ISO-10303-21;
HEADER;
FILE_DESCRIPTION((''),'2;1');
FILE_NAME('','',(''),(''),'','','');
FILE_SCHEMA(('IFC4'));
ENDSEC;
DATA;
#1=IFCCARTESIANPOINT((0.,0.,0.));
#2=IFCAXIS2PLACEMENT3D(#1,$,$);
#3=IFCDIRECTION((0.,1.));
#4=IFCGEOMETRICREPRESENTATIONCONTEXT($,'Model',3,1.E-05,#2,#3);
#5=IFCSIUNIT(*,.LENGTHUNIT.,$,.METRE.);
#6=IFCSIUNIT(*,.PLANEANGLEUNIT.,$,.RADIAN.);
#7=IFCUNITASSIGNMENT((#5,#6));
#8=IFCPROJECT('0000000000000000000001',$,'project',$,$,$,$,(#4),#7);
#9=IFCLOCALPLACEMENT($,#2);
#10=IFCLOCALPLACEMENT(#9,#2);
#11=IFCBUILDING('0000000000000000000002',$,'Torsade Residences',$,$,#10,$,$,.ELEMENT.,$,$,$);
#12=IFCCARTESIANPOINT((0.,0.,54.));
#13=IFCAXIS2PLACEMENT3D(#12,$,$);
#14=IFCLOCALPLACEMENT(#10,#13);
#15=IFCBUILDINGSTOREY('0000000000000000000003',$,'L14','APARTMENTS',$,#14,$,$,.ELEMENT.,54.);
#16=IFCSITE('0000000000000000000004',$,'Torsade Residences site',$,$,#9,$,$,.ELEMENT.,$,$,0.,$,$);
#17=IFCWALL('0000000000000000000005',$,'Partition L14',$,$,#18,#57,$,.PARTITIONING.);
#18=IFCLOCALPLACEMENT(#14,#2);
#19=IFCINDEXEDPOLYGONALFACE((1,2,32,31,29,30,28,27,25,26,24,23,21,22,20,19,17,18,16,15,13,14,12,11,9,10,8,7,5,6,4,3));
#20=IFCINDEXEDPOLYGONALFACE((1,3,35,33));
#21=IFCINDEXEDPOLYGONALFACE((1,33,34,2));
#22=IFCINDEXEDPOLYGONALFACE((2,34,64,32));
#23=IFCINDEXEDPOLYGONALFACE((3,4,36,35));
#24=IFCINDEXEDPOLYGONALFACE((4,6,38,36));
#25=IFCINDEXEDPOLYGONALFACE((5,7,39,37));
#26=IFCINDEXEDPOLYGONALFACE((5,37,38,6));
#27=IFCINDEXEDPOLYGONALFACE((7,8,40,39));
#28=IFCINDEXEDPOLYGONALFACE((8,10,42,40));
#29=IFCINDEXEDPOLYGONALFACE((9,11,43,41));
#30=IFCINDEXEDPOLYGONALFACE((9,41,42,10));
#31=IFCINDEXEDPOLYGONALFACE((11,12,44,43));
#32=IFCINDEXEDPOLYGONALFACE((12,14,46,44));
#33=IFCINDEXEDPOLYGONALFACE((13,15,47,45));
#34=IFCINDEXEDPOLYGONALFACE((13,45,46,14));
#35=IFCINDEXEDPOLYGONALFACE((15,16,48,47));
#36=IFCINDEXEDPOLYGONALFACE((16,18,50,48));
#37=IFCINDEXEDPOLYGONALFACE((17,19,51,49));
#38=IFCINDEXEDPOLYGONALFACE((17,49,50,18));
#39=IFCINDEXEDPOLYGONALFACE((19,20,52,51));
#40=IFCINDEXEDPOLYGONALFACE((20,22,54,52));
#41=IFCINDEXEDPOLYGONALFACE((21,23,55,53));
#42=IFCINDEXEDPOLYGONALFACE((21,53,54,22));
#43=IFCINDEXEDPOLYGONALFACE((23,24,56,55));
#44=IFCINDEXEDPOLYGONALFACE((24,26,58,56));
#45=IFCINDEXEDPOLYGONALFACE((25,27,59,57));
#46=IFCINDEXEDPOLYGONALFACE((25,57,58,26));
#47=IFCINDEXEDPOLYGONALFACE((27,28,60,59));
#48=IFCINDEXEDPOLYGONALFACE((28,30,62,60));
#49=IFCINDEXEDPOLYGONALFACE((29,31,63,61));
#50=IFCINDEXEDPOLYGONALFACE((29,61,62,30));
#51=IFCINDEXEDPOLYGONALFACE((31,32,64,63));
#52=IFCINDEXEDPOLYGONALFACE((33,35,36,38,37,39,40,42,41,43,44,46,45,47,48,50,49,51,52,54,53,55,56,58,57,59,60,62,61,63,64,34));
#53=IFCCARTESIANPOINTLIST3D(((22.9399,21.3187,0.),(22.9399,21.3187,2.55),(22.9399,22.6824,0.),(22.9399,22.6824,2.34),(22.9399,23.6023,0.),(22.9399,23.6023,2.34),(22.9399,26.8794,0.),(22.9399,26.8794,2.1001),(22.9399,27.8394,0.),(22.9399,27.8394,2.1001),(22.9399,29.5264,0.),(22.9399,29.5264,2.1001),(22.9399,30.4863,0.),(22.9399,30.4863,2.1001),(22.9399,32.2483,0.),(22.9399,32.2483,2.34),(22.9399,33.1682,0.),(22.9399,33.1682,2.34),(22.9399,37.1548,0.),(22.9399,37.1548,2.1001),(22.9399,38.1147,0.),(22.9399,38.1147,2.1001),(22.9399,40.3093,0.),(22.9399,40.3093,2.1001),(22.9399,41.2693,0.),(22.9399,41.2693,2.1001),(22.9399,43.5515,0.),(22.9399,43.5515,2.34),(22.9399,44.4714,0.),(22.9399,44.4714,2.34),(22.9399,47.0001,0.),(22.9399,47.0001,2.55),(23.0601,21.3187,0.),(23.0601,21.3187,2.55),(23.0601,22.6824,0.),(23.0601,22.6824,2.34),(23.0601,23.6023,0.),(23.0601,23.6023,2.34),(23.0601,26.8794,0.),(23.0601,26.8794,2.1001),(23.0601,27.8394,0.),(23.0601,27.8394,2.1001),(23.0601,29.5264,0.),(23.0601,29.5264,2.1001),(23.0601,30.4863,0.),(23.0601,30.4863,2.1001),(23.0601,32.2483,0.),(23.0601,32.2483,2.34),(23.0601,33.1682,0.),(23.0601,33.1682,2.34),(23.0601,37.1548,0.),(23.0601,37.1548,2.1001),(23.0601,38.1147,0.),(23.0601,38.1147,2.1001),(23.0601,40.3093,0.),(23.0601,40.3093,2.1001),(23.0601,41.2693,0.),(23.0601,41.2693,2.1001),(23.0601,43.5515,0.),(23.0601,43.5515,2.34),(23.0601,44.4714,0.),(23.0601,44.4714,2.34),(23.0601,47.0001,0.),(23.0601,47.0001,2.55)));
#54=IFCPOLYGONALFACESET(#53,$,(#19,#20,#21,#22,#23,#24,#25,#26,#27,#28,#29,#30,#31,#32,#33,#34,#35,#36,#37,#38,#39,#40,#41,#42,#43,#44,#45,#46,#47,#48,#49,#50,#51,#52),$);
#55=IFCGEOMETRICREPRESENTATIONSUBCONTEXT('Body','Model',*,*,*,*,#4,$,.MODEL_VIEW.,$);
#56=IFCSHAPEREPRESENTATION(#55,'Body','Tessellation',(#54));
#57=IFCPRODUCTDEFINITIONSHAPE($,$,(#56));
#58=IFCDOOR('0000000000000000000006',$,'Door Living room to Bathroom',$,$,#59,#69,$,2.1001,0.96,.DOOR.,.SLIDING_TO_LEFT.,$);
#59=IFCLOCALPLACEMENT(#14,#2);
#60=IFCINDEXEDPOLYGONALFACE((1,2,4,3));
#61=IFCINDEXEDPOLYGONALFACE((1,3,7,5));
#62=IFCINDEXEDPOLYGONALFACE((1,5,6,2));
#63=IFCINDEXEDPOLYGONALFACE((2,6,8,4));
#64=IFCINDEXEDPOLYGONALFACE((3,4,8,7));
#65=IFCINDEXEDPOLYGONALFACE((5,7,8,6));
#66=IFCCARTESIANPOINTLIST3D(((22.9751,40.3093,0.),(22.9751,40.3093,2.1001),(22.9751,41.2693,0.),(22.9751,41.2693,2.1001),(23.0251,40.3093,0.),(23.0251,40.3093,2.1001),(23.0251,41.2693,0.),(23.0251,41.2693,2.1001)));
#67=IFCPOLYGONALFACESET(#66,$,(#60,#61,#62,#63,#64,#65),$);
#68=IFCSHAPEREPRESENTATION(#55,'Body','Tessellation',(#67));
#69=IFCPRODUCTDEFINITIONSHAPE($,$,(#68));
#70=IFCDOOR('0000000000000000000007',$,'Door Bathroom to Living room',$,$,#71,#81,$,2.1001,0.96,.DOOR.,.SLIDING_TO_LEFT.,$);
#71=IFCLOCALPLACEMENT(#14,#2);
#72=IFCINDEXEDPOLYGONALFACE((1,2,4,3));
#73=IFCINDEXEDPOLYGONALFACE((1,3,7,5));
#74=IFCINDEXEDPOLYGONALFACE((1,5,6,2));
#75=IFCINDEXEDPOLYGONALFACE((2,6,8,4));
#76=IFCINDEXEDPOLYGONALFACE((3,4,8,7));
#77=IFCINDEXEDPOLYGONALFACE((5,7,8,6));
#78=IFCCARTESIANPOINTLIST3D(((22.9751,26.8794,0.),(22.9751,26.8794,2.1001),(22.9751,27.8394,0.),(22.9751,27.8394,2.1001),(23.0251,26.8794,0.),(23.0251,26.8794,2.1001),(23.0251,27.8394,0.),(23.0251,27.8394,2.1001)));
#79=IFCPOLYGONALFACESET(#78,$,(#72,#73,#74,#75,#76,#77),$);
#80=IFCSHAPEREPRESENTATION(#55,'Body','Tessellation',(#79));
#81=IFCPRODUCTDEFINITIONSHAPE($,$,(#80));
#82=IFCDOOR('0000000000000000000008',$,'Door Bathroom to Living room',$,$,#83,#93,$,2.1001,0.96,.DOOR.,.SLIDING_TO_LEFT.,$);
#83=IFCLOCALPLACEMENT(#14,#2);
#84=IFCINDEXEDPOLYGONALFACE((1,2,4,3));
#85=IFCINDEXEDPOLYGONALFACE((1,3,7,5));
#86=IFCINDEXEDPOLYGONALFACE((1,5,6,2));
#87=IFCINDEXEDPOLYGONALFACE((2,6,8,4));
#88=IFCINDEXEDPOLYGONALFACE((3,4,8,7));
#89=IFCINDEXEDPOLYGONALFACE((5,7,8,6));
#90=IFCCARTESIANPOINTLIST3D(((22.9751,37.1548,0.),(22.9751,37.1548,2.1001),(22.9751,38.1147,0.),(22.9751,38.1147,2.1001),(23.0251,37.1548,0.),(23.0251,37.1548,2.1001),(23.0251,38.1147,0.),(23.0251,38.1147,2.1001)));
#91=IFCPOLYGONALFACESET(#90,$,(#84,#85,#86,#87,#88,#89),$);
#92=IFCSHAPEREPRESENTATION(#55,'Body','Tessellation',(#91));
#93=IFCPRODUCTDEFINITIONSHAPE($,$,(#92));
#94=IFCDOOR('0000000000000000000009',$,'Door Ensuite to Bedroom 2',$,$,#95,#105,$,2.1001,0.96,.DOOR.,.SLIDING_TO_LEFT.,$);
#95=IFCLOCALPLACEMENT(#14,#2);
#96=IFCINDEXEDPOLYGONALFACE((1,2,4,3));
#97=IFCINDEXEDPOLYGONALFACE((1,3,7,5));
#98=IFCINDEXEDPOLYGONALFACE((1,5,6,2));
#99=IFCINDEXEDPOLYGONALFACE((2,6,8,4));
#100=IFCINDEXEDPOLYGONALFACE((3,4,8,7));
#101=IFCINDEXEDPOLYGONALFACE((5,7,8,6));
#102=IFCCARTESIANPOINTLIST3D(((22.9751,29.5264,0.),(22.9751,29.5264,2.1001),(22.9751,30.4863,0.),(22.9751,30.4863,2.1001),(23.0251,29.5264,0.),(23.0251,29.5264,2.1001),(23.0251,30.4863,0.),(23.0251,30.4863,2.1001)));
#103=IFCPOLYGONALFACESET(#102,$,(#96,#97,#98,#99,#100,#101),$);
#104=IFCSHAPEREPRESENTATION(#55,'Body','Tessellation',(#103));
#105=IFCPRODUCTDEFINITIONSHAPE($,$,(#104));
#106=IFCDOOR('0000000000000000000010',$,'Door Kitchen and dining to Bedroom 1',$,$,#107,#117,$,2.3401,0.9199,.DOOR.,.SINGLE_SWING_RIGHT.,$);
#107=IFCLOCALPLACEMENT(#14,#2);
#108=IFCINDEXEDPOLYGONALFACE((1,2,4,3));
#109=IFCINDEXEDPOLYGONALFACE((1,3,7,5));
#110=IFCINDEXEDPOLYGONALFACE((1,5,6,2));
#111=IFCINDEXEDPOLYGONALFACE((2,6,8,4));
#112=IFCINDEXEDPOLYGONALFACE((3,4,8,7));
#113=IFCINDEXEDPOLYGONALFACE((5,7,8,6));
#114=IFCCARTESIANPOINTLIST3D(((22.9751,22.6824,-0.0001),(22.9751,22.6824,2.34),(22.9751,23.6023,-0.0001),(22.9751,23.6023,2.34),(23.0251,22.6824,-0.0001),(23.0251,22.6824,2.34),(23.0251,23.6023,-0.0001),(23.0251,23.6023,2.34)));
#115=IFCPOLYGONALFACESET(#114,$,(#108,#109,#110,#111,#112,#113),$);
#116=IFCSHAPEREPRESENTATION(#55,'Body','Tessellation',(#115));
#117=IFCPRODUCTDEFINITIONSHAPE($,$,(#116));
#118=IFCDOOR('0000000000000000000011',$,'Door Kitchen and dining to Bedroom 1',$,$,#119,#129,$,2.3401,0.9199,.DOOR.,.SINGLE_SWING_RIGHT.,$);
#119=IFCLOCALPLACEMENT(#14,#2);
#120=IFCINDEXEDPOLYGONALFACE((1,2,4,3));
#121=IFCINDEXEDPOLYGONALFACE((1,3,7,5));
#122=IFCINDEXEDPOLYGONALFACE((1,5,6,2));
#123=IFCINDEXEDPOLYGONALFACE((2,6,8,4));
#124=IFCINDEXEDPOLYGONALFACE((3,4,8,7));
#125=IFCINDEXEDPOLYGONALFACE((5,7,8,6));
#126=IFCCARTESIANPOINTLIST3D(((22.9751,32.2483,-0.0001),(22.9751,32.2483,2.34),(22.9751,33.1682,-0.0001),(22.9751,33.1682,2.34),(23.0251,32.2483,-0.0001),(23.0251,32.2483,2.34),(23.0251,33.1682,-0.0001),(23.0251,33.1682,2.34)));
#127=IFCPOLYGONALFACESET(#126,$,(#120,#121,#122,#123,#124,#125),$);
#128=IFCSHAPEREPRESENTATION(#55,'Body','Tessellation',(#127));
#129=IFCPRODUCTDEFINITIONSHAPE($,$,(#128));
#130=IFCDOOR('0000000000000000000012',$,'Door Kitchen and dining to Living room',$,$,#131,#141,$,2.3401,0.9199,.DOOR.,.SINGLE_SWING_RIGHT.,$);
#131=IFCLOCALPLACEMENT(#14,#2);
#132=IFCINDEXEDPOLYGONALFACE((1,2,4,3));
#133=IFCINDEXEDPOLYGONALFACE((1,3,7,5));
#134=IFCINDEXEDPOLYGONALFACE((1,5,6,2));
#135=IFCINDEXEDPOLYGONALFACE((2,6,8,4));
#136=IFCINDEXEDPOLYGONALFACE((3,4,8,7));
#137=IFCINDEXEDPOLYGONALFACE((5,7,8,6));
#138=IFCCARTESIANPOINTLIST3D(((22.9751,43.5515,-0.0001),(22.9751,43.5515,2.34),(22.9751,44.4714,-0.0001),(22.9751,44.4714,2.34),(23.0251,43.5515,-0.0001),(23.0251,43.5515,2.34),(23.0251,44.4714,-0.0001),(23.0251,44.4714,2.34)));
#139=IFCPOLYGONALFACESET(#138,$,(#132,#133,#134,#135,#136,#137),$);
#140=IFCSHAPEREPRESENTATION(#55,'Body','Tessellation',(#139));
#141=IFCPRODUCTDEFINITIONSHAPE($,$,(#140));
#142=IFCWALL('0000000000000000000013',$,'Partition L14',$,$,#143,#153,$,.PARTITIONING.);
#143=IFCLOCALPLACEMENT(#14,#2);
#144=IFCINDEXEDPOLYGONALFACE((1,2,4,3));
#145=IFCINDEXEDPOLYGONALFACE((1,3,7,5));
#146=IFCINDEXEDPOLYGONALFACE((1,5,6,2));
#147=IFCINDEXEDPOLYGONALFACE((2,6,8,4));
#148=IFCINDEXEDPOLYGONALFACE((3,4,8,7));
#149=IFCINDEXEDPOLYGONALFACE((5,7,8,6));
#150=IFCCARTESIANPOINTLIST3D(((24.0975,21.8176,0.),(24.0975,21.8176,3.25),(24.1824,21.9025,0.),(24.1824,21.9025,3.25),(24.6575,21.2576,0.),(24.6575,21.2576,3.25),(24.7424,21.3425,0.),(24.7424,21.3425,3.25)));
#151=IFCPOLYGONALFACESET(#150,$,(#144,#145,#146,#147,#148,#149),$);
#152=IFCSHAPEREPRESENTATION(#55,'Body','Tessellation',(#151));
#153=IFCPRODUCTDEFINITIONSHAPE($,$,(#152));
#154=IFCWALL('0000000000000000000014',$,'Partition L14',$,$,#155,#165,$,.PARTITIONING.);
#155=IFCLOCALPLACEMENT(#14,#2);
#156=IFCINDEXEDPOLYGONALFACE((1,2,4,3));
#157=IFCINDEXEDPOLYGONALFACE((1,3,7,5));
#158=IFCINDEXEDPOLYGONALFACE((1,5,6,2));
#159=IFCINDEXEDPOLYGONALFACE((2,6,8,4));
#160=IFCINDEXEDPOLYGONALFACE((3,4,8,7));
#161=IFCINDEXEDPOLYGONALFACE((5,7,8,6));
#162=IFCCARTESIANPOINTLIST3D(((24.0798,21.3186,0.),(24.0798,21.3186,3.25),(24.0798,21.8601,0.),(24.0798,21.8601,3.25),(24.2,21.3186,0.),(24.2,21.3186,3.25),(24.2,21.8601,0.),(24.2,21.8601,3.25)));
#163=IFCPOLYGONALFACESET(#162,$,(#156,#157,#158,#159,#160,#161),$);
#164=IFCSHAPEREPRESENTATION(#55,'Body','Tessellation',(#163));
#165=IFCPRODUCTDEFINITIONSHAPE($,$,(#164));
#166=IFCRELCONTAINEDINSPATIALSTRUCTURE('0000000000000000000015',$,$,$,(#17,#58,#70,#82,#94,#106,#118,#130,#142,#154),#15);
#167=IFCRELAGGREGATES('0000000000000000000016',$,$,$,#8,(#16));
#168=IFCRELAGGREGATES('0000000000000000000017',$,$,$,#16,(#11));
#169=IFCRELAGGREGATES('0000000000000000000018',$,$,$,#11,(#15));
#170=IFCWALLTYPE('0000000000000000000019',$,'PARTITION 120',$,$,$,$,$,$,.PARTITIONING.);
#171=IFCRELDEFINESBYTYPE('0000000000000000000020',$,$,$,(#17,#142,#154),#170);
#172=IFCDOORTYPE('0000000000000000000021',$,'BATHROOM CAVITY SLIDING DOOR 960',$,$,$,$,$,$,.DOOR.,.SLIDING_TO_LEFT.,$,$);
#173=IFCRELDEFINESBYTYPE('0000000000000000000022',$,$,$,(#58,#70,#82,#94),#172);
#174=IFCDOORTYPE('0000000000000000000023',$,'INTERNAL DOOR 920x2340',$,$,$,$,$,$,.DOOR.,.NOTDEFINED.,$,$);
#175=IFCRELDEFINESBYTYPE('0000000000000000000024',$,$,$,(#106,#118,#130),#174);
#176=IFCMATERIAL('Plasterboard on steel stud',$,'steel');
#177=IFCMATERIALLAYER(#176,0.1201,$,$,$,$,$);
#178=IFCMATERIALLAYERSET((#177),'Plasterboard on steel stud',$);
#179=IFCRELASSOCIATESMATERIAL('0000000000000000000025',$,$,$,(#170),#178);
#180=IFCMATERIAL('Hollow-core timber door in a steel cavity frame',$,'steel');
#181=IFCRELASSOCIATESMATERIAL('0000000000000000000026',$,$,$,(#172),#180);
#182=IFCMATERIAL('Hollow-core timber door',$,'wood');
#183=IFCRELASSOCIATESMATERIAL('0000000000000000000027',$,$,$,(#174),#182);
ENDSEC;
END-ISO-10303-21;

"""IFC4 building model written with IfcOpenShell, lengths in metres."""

from ifc_helpers import new_model, si_unit, direction, frame, frame_2d, origin, place, context, subcontext, project, spatial, rectangle, extrude, material, layer, layer_set, type_object, element, fill, save


model = new_model("IFC4")

# Units and contexts
model_context = context("Model", 3, precision=1e-05, world=origin(), true_north=direction((0.0, 1.0)))
body_context = subcontext(model_context, "Body", "Model", "MODEL_VIEW")
ifc_project = project(units=[si_unit("LENGTHUNIT", "METRE"), si_unit("PLANEANGLEUNIT", "RADIAN")], contexts=[model_context])

# Site, building, storey
site_placement = place(None, origin())
site = spatial("IfcSite", under=ifc_project, at=site_placement, Name="Torsade Residences site", CompositionType="ELEMENT", RefElevation=0.0)
building_placement = place(site_placement, origin())
building = spatial("IfcBuilding", under=site, at=building_placement, Name="Torsade Residences", CompositionType="ELEMENT")
storey_placement = place(building_placement, frame((0.0, 0.0, 54.0)))
storey = spatial("IfcBuildingStorey", under=building, at=storey_placement, Name="L14", Description="APARTMENTS", CompositionType="ELEMENT", Elevation=54.0)

# Shared definitions
ifc_material_1 = material(Name="Plasterboard on steel stud", Category="steel")
ifc_layer_1 = layer(ifc_material_1, 0.1201)
ifc_layer_set_1 = layer_set([ifc_layer_1], Name="Plasterboard on steel stud")
wall_type_1 = type_object("IfcWallType", Name="PARTITION 120", PredefinedType="PARTITIONING", material=ifc_layer_set_1)
ifc_material_2 = material(Name="Hollow-core timber door in a steel cavity frame", Category="steel")
door_type_1 = type_object("IfcDoorType", Name="BATHROOM CAVITY SLIDING DOOR 960", OperationType="SLIDING_TO_LEFT", PredefinedType="DOOR", material=ifc_material_2)

# Wall, openings, doors
wall_1_placement = place(storey_placement, frame((23.0, 21.3186, 0.0), z_axis=(0.0, 0.0, 1.0), x_axis=(0.0, 1.0, 0.0)))
wall_1 = element("IfcWall", 1, at=wall_1_placement, inside=storey, type_object=wall_type_1, Name="Partition L14", PredefinedType="PARTITIONING", context=body_context, shape_type="SweptSolid", body=[
    extrude(rectangle(XDim=25.6814, YDim=0.1201, at=frame_2d((12.8408, 0.0))), origin(), (0.0, 0.0, 1.0), 2.55),
])
opening_1_placement = place(wall_1_placement, frame((1.3638, 0.0, 0.0)))
opening_1 = element("IfcOpeningElement", 2, at=opening_1_placement, cuts=wall_1, PredefinedType="OPENING", context=body_context, shape_type="SweptSolid", body=[
    extrude(rectangle(XDim=0.9199, YDim=2.3401, at=frame_2d((0.46, 1.1699))), frame((0.0, 0.0701, 0.0), z_axis=(0.0, -1.0, 0.0), x_axis=(1.0, 0.0, 0.0)), (0.0, 0.0, 1.0), 0.1401),
])
opening_2_placement = place(wall_1_placement, frame((10.9297, 0.0, 0.0)))
opening_2 = element("IfcOpeningElement", 3, at=opening_2_placement, cuts=wall_1, PredefinedType="OPENING", context=body_context, shape_type="SweptSolid", body=[
    extrude(rectangle(XDim=0.9199, YDim=2.3401, at=frame_2d((0.46, 1.1699))), frame((0.0, 0.0701, 0.0), z_axis=(0.0, -1.0, 0.0), x_axis=(1.0, 0.0, 0.0)), (0.0, 0.0, 1.0), 0.1401),
])
opening_3_placement = place(wall_1_placement, frame((22.2329, 0.0, 0.0)))
opening_3 = element("IfcOpeningElement", 4, at=opening_3_placement, cuts=wall_1, PredefinedType="OPENING", context=body_context, shape_type="SweptSolid", body=[
    extrude(rectangle(XDim=0.9199, YDim=2.3401, at=frame_2d((0.46, 1.1699))), frame((0.0, 0.0701, 0.0), z_axis=(0.0, -1.0, 0.0), x_axis=(1.0, 0.0, 0.0)), (0.0, 0.0, 1.0), 0.1401),
])
opening_4_placement = place(wall_1_placement, frame((18.9907, 0.0, 0.0)))
opening_4 = element("IfcOpeningElement", 5, at=opening_4_placement, cuts=wall_1, PredefinedType="OPENING", context=body_context, shape_type="SweptSolid", body=[
    extrude(rectangle(XDim=0.96, YDim=2.1001, at=frame_2d((0.48, 1.05))), frame((0.0, 0.0701, 0.0), z_axis=(0.0, -1.0, 0.0), x_axis=(1.0, 0.0, 0.0)), (0.0, 0.0, 1.0), 0.1401),
])
opening_5_placement = place(wall_1_placement, frame((5.5608, 0.0, 0.0)))
opening_5 = element("IfcOpeningElement", 6, at=opening_5_placement, cuts=wall_1, PredefinedType="OPENING", context=body_context, shape_type="SweptSolid", body=[
    extrude(rectangle(XDim=0.96, YDim=2.1001, at=frame_2d((0.48, 1.05))), frame((0.0, 0.0701, 0.0), z_axis=(0.0, -1.0, 0.0), x_axis=(1.0, 0.0, 0.0)), (0.0, 0.0, 1.0), 0.1401),
])
opening_6_placement = place(wall_1_placement, frame((15.8362, 0.0, 0.0)))
opening_6 = element("IfcOpeningElement", 7, at=opening_6_placement, cuts=wall_1, PredefinedType="OPENING", context=body_context, shape_type="SweptSolid", body=[
    extrude(rectangle(XDim=0.96, YDim=2.1001, at=frame_2d((0.48, 1.05))), frame((0.0, 0.0701, 0.0), z_axis=(0.0, -1.0, 0.0), x_axis=(1.0, 0.0, 0.0)), (0.0, 0.0, 1.0), 0.1401),
])
opening_7_placement = place(wall_1_placement, frame((8.2078, 0.0, 0.0)))
opening_7 = element("IfcOpeningElement", 8, at=opening_7_placement, cuts=wall_1, PredefinedType="OPENING", context=body_context, shape_type="SweptSolid", body=[
    extrude(rectangle(XDim=0.96, YDim=2.1001, at=frame_2d((0.48, 1.05))), frame((0.0, 0.0701, 0.0), z_axis=(0.0, -1.0, 0.0), x_axis=(1.0, 0.0, 0.0)), (0.0, 0.0, 1.0), 0.1401),
])
door_1_placement = place(opening_4_placement, origin())
door_1 = element("IfcDoor", 9, at=door_1_placement, inside=storey, type_object=door_type_1, Name="Door Living room to Bathroom", OperationType="SLIDING_TO_LEFT", OverallHeight=2.1001, OverallWidth=0.96, PredefinedType="DOOR", context=body_context, shape_type="SweptSolid", body=[
    extrude(rectangle(XDim=0.96, YDim=2.1001, at=frame_2d((0.48, 1.05))), frame((0.0, 0.0249, 0.0), z_axis=(0.0, -1.0, 0.0), x_axis=(1.0, 0.0, 0.0)), (0.0, 0.0, 1.0), 0.05),
])
fill(opening_4, door_1)
door_2_placement = place(opening_5_placement, origin())
door_2 = element("IfcDoor", 10, at=door_2_placement, inside=storey, type_object=door_type_1, Name="Door Bathroom to Living room", OperationType="SLIDING_TO_LEFT", OverallHeight=2.1001, OverallWidth=0.96, PredefinedType="DOOR", context=body_context, shape_type="SweptSolid", body=[
    extrude(rectangle(XDim=0.96, YDim=2.1001, at=frame_2d((0.48, 1.05))), frame((0.0, 0.0249, 0.0), z_axis=(0.0, -1.0, 0.0), x_axis=(1.0, 0.0, 0.0)), (0.0, 0.0, 1.0), 0.05),
])
fill(opening_5, door_2)
door_3_placement = place(opening_6_placement, origin())
door_3 = element("IfcDoor", 11, at=door_3_placement, inside=storey, type_object=door_type_1, Name="Door Bathroom to Living room", OperationType="SLIDING_TO_LEFT", OverallHeight=2.1001, OverallWidth=0.96, PredefinedType="DOOR", context=body_context, shape_type="SweptSolid", body=[
    extrude(rectangle(XDim=0.96, YDim=2.1001, at=frame_2d((0.48, 1.05))), frame((0.0, 0.0249, 0.0), z_axis=(0.0, -1.0, 0.0), x_axis=(1.0, 0.0, 0.0)), (0.0, 0.0, 1.0), 0.05),
])
fill(opening_6, door_3)
door_4_placement = place(opening_7_placement, origin())
door_4 = element("IfcDoor", 12, at=door_4_placement, inside=storey, type_object=door_type_1, Name="Door Ensuite to Bedroom 2", OperationType="SLIDING_TO_LEFT", OverallHeight=2.1001, OverallWidth=0.96, PredefinedType="DOOR", context=body_context, shape_type="SweptSolid", body=[
    extrude(rectangle(XDim=0.96, YDim=2.1001, at=frame_2d((0.48, 1.05))), frame((0.0, 0.0249, 0.0), z_axis=(0.0, -1.0, 0.0), x_axis=(1.0, 0.0, 0.0)), (0.0, 0.0, 1.0), 0.05),
])
fill(opening_7, door_4)
ifc_material_3 = material(Name="Hollow-core timber door", Category="wood")
door_type_2 = type_object("IfcDoorType", Name="INTERNAL DOOR 920x2340", OperationType="NOTDEFINED", PredefinedType="DOOR", material=ifc_material_3)
door_5_placement = place(opening_1_placement, origin())
door_5 = element("IfcDoor", 13, at=door_5_placement, inside=storey, type_object=door_type_2, Name="Door Kitchen and dining to Bedroom 1", OperationType="SINGLE_SWING_RIGHT", OverallHeight=2.3401, OverallWidth=0.9199, PredefinedType="DOOR", context=body_context, shape_type="SweptSolid", body=[
    extrude(rectangle(XDim=0.9199, YDim=2.3401, at=frame_2d((0.46, 1.1699))), frame((0.0, 0.0249, 0.0), z_axis=(0.0, -1.0, 0.0), x_axis=(1.0, 0.0, 0.0)), (0.0, 0.0, 1.0), 0.05),
])
fill(opening_1, door_5)
door_6_placement = place(opening_2_placement, origin())
door_6 = element("IfcDoor", 14, at=door_6_placement, inside=storey, type_object=door_type_2, Name="Door Kitchen and dining to Bedroom 1", OperationType="SINGLE_SWING_RIGHT", OverallHeight=2.3401, OverallWidth=0.9199, PredefinedType="DOOR", context=body_context, shape_type="SweptSolid", body=[
    extrude(rectangle(XDim=0.9199, YDim=2.3401, at=frame_2d((0.46, 1.1699))), frame((0.0, 0.0249, 0.0), z_axis=(0.0, -1.0, 0.0), x_axis=(1.0, 0.0, 0.0)), (0.0, 0.0, 1.0), 0.05),
])
fill(opening_2, door_6)
door_7_placement = place(opening_3_placement, origin())
door_7 = element("IfcDoor", 15, at=door_7_placement, inside=storey, type_object=door_type_2, Name="Door Kitchen and dining to Living room", OperationType="SINGLE_SWING_RIGHT", OverallHeight=2.3401, OverallWidth=0.9199, PredefinedType="DOOR", context=body_context, shape_type="SweptSolid", body=[
    extrude(rectangle(XDim=0.9199, YDim=2.3401, at=frame_2d((0.46, 1.1699))), frame((0.0, 0.0249, 0.0), z_axis=(0.0, -1.0, 0.0), x_axis=(1.0, 0.0, 0.0)), (0.0, 0.0, 1.0), 0.05),
])
fill(opening_3, door_7)

# Walls
wall_2_placement = place(storey_placement, frame((24.7, 21.3, 0.0), z_axis=(0.0, 0.0, 1.0), x_axis=(-0.707107, 0.707107, 0.0)))
element("IfcWall", 16, at=wall_2_placement, inside=storey, type_object=wall_type_1, Name="Partition L14", PredefinedType="PARTITIONING", context=body_context, shape_type="SweptSolid", body=[
    extrude(rectangle(XDim=0.792, YDim=0.1201, at=frame_2d((0.396, 0.0))), origin(), (0.0, 0.0, 1.0), 3.25),
])
wall_3_placement = place(storey_placement, frame((24.1399, 21.8601, 0.0), z_axis=(0.0, 0.0, 1.0), x_axis=(0.0, -1.0, 0.0)))
element("IfcWall", 17, at=wall_3_placement, inside=storey, type_object=wall_type_1, Name="Partition L14", PredefinedType="PARTITIONING", context=body_context, shape_type="SweptSolid", body=[
    extrude(rectangle(XDim=0.5415, YDim=0.1201, at=frame_2d((0.2708, 0.0))), origin(), (0.0, 0.0, 1.0), 3.25),
])

save(model, "model.ifc")
